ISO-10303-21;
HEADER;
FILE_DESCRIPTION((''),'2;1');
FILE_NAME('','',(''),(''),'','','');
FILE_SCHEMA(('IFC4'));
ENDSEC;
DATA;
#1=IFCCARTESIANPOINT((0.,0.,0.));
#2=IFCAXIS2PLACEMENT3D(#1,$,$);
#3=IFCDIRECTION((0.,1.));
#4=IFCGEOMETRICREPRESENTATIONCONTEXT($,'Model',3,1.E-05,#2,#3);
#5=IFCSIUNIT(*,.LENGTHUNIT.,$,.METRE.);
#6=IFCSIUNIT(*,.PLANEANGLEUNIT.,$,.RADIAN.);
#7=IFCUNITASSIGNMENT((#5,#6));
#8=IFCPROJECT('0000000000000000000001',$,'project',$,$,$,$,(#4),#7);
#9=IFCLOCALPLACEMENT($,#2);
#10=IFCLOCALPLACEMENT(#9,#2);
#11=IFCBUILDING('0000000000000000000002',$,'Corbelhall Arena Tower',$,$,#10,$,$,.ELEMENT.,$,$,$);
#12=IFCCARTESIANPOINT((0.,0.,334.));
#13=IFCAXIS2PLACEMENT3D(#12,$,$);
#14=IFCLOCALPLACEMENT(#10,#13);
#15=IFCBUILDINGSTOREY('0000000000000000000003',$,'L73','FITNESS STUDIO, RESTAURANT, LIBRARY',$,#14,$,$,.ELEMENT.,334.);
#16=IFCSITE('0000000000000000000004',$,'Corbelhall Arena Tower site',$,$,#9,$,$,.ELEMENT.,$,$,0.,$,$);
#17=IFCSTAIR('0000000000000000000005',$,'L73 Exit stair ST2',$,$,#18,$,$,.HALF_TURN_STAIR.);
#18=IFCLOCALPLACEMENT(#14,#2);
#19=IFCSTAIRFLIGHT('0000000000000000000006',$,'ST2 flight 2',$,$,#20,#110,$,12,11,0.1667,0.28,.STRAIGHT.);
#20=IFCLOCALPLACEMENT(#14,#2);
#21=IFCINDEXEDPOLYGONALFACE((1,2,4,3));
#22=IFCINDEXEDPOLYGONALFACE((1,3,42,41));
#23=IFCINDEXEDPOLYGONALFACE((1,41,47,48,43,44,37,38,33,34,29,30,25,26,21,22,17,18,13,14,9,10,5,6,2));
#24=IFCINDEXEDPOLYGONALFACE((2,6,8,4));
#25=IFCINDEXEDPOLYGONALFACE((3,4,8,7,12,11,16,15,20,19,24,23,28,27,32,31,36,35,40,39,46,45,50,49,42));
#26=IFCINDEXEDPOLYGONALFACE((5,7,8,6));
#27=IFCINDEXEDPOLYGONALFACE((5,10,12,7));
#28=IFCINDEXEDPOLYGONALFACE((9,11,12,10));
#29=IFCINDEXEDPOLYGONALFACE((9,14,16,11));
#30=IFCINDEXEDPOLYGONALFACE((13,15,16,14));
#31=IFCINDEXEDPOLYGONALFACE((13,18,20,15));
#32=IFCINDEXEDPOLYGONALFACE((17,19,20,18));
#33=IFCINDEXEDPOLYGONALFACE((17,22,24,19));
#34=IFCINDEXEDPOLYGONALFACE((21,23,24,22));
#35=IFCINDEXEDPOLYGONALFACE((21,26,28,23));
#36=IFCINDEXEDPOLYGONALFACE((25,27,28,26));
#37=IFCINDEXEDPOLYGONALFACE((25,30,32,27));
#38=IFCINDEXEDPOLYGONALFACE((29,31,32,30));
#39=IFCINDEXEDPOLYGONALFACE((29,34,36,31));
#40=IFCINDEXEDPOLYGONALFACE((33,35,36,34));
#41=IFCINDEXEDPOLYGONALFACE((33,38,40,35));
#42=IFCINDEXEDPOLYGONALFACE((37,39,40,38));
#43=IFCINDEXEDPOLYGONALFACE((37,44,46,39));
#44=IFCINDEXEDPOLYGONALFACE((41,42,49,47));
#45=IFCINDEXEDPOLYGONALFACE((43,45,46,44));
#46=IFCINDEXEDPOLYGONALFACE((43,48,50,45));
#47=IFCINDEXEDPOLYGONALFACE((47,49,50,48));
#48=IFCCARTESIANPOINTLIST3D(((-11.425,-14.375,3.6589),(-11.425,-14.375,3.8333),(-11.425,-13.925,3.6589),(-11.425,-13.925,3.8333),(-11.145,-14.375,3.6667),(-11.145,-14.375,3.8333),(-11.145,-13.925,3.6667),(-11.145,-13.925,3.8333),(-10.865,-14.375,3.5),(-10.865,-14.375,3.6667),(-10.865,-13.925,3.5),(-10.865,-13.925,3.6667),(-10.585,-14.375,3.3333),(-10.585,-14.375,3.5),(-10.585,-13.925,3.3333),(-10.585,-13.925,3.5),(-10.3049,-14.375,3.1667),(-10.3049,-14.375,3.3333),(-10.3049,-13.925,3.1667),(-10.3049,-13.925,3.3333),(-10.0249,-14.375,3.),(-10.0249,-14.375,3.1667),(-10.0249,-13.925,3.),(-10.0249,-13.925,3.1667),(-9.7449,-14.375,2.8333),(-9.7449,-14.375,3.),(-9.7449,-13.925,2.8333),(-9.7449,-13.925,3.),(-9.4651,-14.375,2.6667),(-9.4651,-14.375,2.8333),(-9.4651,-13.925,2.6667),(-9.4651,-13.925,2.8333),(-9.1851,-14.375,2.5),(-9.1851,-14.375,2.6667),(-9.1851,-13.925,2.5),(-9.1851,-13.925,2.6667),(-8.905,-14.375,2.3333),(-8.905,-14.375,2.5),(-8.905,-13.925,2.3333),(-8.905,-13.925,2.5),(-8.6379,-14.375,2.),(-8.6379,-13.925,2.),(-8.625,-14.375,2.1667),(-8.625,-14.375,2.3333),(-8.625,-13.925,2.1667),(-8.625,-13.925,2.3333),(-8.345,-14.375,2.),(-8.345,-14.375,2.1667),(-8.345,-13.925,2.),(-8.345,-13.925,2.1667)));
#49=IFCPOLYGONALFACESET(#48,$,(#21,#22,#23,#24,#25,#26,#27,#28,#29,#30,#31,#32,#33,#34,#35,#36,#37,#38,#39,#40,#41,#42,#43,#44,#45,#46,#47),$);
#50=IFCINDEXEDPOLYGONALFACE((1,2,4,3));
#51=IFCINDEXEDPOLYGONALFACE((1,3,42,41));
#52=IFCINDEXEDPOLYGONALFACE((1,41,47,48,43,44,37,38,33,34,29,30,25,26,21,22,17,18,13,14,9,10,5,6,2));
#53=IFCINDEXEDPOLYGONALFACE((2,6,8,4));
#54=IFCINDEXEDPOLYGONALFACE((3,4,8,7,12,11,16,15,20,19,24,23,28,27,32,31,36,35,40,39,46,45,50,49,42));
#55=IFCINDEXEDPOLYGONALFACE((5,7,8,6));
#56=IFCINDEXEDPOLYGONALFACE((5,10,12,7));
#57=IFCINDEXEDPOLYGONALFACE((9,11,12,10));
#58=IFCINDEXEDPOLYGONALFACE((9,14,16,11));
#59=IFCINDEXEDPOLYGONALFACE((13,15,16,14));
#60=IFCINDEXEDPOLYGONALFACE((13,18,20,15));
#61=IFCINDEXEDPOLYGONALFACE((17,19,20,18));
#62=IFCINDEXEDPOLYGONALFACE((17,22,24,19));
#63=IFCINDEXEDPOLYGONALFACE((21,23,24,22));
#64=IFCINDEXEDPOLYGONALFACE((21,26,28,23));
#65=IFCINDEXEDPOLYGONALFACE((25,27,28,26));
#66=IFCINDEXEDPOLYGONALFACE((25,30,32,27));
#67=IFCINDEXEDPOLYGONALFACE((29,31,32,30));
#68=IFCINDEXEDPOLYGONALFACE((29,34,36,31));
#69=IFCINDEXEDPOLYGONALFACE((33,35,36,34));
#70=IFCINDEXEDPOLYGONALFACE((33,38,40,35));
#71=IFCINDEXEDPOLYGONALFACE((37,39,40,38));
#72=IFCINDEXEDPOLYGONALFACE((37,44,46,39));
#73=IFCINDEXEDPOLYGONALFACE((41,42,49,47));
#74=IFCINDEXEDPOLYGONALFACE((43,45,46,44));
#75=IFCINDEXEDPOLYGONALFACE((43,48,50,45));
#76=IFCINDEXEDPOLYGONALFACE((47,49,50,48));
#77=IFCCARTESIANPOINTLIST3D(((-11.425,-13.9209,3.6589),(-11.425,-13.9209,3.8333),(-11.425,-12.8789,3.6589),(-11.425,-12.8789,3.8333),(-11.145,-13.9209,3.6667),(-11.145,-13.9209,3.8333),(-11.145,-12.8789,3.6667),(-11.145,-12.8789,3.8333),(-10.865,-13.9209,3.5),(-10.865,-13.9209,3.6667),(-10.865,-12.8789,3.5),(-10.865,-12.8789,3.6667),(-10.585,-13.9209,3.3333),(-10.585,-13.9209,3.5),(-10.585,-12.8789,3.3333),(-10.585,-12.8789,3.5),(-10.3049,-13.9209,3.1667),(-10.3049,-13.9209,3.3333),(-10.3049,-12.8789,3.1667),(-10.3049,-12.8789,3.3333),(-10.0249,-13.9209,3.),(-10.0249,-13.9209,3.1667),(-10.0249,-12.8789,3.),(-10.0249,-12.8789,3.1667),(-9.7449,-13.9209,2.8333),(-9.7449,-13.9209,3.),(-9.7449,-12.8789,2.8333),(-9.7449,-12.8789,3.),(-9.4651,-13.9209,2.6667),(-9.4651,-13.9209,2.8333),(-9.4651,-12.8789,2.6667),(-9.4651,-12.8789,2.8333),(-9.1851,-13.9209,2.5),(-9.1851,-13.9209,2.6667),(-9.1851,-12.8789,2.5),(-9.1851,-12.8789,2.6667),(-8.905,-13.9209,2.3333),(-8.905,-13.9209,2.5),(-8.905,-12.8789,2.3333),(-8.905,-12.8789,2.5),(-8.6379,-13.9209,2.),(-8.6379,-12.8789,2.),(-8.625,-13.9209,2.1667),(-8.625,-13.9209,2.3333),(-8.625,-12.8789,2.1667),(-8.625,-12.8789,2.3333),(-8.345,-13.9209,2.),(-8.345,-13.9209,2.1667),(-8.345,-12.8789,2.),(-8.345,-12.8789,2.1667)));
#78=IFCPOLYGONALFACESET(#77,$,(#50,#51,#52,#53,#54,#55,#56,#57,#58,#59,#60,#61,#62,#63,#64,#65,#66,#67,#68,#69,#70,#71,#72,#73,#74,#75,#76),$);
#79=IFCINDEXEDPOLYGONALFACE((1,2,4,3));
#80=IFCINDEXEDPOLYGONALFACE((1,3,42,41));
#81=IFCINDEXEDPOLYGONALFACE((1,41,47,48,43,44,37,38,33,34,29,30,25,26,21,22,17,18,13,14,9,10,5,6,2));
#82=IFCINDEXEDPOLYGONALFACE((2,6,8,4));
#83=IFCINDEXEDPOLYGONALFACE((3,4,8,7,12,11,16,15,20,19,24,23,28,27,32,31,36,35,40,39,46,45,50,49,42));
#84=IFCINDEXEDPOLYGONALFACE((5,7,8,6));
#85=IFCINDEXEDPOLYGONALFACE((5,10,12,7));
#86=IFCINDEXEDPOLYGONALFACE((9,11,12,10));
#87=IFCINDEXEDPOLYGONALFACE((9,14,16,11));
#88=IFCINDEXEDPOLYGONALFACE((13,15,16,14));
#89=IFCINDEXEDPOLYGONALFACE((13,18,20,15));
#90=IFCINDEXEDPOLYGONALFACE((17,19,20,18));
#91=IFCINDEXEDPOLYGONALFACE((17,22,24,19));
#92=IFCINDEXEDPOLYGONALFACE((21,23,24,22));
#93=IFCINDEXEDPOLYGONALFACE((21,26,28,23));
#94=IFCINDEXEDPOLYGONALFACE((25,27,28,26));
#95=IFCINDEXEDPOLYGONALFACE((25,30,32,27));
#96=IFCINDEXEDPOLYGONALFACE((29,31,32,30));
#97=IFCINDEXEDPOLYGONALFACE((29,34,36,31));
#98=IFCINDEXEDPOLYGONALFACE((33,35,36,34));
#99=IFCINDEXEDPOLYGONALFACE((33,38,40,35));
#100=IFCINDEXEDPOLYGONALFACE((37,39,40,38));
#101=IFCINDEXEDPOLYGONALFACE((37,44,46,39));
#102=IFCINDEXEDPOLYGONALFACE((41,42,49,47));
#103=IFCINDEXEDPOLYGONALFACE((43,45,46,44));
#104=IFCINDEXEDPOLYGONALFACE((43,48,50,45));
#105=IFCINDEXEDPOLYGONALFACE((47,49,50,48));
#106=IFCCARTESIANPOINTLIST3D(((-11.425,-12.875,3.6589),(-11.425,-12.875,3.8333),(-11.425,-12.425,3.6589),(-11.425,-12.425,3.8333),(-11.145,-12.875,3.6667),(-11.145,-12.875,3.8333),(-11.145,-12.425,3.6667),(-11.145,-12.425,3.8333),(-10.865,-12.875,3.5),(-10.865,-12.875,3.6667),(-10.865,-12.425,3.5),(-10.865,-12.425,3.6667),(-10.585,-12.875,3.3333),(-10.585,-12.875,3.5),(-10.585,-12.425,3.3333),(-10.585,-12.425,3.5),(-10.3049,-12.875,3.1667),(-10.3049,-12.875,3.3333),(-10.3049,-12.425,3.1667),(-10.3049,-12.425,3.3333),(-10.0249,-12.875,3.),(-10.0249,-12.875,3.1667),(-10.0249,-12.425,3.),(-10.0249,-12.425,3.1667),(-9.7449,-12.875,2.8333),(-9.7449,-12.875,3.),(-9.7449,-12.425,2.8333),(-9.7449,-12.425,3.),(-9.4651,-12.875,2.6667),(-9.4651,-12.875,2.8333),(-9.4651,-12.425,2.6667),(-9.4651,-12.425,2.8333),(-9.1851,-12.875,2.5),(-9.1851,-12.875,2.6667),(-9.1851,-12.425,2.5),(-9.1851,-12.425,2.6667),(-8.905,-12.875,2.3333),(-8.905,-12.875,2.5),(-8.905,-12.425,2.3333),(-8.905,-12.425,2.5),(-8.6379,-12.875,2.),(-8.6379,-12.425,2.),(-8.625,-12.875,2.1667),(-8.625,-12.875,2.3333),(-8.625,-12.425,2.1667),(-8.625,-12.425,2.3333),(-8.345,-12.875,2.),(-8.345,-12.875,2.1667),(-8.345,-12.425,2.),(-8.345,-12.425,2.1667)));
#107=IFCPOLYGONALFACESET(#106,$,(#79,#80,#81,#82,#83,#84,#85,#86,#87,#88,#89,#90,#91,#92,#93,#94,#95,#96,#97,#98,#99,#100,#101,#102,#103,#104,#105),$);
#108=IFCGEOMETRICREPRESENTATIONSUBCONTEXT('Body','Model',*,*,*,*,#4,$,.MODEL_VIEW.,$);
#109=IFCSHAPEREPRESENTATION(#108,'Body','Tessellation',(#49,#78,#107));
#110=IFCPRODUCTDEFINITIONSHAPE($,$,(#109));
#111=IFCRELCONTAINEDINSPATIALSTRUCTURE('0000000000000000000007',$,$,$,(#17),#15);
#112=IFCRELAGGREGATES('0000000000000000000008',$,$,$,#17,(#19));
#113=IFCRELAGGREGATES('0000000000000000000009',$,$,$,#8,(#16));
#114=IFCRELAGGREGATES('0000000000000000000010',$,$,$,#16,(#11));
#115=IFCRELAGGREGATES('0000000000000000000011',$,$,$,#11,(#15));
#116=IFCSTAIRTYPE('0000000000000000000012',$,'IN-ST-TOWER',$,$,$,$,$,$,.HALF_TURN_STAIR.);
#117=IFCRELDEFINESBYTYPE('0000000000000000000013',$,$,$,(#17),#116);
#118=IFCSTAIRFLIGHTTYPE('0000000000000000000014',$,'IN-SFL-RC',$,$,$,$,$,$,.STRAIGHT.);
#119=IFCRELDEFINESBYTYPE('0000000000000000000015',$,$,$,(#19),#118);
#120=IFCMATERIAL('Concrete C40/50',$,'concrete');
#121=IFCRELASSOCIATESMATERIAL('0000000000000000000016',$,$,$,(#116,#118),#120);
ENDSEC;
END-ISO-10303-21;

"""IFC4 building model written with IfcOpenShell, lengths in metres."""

from ifc_helpers import new_model, si_unit, direction, frame, origin, place, context, subcontext, project, spatial, polyline, outline, extrude, material, type_object, element, aggregate, save


model = new_model("IFC4")

# Units and contexts
model_context = context("Model", 3, precision=1e-05, world=origin(), true_north=direction((0.0, 1.0)))
body_context = subcontext(model_context, "Body", "Model", "MODEL_VIEW")
ifc_project = project(units=[si_unit("LENGTHUNIT", "METRE"), si_unit("PLANEANGLEUNIT", "RADIAN")], contexts=[model_context])

# Site, building, storey
site_placement = place(None, origin())
site = spatial("IfcSite", under=ifc_project, at=site_placement, Name="Corbelhall Arena Tower site", CompositionType="ELEMENT", RefElevation=0.0)
building_placement = place(site_placement, origin())
building = spatial("IfcBuilding", under=site, at=building_placement, Name="Corbelhall Arena Tower", CompositionType="ELEMENT")
storey_placement = place(building_placement, frame((0.0, 0.0, 334.0)))
storey = spatial("IfcBuildingStorey", under=building, at=storey_placement, Name="L73", Description="FITNESS STUDIO, RESTAURANT, LIBRARY", CompositionType="ELEMENT", Elevation=334.0)

# Shared definitions
ifc_material_1 = material(Name="Concrete C40/50", Category="concrete")

# Stair, stair flight
stair_type = type_object("IfcStairType", Name="IN-ST-TOWER", PredefinedType="HALF_TURN_STAIR", material=ifc_material_1)
stair_placement = place(storey_placement, origin())
stair = element("IfcStair", 1, at=stair_placement, inside=storey, type_object=stair_type, Name="L73 Exit stair ST2", PredefinedType="HALF_TURN_STAIR")
stair_flight_type = type_object("IfcStairFlightType", Name="IN-SFL-RC", PredefinedType="STRAIGHT", material=ifc_material_1)
stair_flight_placement = place(storey_placement, frame((-8.345, -13.3999, 2.0), z_axis=(0.0, 0.0, 1.0), x_axis=(-1.0, 0.0, 0.0)))
stair_flight = element("IfcStairFlight", 2, at=stair_flight_placement, type_object=stair_flight_type, Name="ST2 flight 2", NumberOfRisers=12, NumberOfTreads=11, PredefinedType="STRAIGHT", RiserHeight=0.1667, TreadLength=0.28, context=body_context, shape_type="SweptSolid", body=[
    extrude(outline(polyline([(0.0, 0.0), (0.0, 0.1667), (0.28, 0.1667), (0.28, 0.3333), (0.5601, 0.3333), (0.5601, 0.5), (0.8401, 0.5), (0.8401, 0.6667), (1.1201, 0.6667), (1.1201, 0.8333), (1.3999, 0.8333), (1.3999, 1.0), (1.6799, 1.0), (1.6799, 1.1667), (1.96, 1.1667), (1.96, 1.3333), (2.24, 1.3333), (2.24, 1.5), (2.52, 1.5), (2.52, 1.6667), (2.8, 1.6667), (2.8, 1.8333), (3.0801, 1.8333), (3.0801, 2.0), (3.0801, 1.6589), (0.293, 0.0), (0.0, 0.0)])), frame((0.0, 0.9751, 0.0), z_axis=(0.0, -1.0, 0.0), x_axis=(1.0, 0.0, 0.0)), (0.0, 0.0, 1.0), 0.45),
    extrude(outline(polyline([(0.0, 0.0), (0.0, 0.1667), (0.28, 0.1667), (0.28, 0.3333), (0.5601, 0.3333), (0.5601, 0.5), (0.8401, 0.5), (0.8401, 0.6667), (1.1201, 0.6667), (1.1201, 0.8333), (1.3999, 0.8333), (1.3999, 1.0), (1.6799, 1.0), (1.6799, 1.1667), (1.96, 1.1667), (1.96, 1.3333), (2.24, 1.3333), (2.24, 1.5), (2.52, 1.5), (2.52, 1.6667), (2.8, 1.6667), (2.8, 1.8333), (3.0801, 1.8333), (3.0801, 2.0), (3.0801, 1.6589), (0.293, 0.0), (0.0, 0.0)])), frame((0.0, 0.521, 0.0), z_axis=(0.0, -1.0, 0.0), x_axis=(1.0, 0.0, 0.0)), (0.0, 0.0, 1.0), 1.042),
    extrude(outline(polyline([(0.0, 0.0), (0.0, 0.1667), (0.28, 0.1667), (0.28, 0.3333), (0.5601, 0.3333), (0.5601, 0.5), (0.8401, 0.5), (0.8401, 0.6667), (1.1201, 0.6667), (1.1201, 0.8333), (1.3999, 0.8333), (1.3999, 1.0), (1.6799, 1.0), (1.6799, 1.1667), (1.96, 1.1667), (1.96, 1.3333), (2.24, 1.3333), (2.24, 1.5), (2.52, 1.5), (2.52, 1.6667), (2.8, 1.6667), (2.8, 1.8333), (3.0801, 1.8333), (3.0801, 2.0), (3.0801, 1.6589), (0.293, 0.0), (0.0, 0.0)])), frame((0.0, -0.5249, 0.0), z_axis=(0.0, -1.0, 0.0), x_axis=(1.0, 0.0, 0.0)), (0.0, 0.0, 1.0), 0.45),
])
aggregate(stair, [stair_flight])

save(model, "model.ifc")
